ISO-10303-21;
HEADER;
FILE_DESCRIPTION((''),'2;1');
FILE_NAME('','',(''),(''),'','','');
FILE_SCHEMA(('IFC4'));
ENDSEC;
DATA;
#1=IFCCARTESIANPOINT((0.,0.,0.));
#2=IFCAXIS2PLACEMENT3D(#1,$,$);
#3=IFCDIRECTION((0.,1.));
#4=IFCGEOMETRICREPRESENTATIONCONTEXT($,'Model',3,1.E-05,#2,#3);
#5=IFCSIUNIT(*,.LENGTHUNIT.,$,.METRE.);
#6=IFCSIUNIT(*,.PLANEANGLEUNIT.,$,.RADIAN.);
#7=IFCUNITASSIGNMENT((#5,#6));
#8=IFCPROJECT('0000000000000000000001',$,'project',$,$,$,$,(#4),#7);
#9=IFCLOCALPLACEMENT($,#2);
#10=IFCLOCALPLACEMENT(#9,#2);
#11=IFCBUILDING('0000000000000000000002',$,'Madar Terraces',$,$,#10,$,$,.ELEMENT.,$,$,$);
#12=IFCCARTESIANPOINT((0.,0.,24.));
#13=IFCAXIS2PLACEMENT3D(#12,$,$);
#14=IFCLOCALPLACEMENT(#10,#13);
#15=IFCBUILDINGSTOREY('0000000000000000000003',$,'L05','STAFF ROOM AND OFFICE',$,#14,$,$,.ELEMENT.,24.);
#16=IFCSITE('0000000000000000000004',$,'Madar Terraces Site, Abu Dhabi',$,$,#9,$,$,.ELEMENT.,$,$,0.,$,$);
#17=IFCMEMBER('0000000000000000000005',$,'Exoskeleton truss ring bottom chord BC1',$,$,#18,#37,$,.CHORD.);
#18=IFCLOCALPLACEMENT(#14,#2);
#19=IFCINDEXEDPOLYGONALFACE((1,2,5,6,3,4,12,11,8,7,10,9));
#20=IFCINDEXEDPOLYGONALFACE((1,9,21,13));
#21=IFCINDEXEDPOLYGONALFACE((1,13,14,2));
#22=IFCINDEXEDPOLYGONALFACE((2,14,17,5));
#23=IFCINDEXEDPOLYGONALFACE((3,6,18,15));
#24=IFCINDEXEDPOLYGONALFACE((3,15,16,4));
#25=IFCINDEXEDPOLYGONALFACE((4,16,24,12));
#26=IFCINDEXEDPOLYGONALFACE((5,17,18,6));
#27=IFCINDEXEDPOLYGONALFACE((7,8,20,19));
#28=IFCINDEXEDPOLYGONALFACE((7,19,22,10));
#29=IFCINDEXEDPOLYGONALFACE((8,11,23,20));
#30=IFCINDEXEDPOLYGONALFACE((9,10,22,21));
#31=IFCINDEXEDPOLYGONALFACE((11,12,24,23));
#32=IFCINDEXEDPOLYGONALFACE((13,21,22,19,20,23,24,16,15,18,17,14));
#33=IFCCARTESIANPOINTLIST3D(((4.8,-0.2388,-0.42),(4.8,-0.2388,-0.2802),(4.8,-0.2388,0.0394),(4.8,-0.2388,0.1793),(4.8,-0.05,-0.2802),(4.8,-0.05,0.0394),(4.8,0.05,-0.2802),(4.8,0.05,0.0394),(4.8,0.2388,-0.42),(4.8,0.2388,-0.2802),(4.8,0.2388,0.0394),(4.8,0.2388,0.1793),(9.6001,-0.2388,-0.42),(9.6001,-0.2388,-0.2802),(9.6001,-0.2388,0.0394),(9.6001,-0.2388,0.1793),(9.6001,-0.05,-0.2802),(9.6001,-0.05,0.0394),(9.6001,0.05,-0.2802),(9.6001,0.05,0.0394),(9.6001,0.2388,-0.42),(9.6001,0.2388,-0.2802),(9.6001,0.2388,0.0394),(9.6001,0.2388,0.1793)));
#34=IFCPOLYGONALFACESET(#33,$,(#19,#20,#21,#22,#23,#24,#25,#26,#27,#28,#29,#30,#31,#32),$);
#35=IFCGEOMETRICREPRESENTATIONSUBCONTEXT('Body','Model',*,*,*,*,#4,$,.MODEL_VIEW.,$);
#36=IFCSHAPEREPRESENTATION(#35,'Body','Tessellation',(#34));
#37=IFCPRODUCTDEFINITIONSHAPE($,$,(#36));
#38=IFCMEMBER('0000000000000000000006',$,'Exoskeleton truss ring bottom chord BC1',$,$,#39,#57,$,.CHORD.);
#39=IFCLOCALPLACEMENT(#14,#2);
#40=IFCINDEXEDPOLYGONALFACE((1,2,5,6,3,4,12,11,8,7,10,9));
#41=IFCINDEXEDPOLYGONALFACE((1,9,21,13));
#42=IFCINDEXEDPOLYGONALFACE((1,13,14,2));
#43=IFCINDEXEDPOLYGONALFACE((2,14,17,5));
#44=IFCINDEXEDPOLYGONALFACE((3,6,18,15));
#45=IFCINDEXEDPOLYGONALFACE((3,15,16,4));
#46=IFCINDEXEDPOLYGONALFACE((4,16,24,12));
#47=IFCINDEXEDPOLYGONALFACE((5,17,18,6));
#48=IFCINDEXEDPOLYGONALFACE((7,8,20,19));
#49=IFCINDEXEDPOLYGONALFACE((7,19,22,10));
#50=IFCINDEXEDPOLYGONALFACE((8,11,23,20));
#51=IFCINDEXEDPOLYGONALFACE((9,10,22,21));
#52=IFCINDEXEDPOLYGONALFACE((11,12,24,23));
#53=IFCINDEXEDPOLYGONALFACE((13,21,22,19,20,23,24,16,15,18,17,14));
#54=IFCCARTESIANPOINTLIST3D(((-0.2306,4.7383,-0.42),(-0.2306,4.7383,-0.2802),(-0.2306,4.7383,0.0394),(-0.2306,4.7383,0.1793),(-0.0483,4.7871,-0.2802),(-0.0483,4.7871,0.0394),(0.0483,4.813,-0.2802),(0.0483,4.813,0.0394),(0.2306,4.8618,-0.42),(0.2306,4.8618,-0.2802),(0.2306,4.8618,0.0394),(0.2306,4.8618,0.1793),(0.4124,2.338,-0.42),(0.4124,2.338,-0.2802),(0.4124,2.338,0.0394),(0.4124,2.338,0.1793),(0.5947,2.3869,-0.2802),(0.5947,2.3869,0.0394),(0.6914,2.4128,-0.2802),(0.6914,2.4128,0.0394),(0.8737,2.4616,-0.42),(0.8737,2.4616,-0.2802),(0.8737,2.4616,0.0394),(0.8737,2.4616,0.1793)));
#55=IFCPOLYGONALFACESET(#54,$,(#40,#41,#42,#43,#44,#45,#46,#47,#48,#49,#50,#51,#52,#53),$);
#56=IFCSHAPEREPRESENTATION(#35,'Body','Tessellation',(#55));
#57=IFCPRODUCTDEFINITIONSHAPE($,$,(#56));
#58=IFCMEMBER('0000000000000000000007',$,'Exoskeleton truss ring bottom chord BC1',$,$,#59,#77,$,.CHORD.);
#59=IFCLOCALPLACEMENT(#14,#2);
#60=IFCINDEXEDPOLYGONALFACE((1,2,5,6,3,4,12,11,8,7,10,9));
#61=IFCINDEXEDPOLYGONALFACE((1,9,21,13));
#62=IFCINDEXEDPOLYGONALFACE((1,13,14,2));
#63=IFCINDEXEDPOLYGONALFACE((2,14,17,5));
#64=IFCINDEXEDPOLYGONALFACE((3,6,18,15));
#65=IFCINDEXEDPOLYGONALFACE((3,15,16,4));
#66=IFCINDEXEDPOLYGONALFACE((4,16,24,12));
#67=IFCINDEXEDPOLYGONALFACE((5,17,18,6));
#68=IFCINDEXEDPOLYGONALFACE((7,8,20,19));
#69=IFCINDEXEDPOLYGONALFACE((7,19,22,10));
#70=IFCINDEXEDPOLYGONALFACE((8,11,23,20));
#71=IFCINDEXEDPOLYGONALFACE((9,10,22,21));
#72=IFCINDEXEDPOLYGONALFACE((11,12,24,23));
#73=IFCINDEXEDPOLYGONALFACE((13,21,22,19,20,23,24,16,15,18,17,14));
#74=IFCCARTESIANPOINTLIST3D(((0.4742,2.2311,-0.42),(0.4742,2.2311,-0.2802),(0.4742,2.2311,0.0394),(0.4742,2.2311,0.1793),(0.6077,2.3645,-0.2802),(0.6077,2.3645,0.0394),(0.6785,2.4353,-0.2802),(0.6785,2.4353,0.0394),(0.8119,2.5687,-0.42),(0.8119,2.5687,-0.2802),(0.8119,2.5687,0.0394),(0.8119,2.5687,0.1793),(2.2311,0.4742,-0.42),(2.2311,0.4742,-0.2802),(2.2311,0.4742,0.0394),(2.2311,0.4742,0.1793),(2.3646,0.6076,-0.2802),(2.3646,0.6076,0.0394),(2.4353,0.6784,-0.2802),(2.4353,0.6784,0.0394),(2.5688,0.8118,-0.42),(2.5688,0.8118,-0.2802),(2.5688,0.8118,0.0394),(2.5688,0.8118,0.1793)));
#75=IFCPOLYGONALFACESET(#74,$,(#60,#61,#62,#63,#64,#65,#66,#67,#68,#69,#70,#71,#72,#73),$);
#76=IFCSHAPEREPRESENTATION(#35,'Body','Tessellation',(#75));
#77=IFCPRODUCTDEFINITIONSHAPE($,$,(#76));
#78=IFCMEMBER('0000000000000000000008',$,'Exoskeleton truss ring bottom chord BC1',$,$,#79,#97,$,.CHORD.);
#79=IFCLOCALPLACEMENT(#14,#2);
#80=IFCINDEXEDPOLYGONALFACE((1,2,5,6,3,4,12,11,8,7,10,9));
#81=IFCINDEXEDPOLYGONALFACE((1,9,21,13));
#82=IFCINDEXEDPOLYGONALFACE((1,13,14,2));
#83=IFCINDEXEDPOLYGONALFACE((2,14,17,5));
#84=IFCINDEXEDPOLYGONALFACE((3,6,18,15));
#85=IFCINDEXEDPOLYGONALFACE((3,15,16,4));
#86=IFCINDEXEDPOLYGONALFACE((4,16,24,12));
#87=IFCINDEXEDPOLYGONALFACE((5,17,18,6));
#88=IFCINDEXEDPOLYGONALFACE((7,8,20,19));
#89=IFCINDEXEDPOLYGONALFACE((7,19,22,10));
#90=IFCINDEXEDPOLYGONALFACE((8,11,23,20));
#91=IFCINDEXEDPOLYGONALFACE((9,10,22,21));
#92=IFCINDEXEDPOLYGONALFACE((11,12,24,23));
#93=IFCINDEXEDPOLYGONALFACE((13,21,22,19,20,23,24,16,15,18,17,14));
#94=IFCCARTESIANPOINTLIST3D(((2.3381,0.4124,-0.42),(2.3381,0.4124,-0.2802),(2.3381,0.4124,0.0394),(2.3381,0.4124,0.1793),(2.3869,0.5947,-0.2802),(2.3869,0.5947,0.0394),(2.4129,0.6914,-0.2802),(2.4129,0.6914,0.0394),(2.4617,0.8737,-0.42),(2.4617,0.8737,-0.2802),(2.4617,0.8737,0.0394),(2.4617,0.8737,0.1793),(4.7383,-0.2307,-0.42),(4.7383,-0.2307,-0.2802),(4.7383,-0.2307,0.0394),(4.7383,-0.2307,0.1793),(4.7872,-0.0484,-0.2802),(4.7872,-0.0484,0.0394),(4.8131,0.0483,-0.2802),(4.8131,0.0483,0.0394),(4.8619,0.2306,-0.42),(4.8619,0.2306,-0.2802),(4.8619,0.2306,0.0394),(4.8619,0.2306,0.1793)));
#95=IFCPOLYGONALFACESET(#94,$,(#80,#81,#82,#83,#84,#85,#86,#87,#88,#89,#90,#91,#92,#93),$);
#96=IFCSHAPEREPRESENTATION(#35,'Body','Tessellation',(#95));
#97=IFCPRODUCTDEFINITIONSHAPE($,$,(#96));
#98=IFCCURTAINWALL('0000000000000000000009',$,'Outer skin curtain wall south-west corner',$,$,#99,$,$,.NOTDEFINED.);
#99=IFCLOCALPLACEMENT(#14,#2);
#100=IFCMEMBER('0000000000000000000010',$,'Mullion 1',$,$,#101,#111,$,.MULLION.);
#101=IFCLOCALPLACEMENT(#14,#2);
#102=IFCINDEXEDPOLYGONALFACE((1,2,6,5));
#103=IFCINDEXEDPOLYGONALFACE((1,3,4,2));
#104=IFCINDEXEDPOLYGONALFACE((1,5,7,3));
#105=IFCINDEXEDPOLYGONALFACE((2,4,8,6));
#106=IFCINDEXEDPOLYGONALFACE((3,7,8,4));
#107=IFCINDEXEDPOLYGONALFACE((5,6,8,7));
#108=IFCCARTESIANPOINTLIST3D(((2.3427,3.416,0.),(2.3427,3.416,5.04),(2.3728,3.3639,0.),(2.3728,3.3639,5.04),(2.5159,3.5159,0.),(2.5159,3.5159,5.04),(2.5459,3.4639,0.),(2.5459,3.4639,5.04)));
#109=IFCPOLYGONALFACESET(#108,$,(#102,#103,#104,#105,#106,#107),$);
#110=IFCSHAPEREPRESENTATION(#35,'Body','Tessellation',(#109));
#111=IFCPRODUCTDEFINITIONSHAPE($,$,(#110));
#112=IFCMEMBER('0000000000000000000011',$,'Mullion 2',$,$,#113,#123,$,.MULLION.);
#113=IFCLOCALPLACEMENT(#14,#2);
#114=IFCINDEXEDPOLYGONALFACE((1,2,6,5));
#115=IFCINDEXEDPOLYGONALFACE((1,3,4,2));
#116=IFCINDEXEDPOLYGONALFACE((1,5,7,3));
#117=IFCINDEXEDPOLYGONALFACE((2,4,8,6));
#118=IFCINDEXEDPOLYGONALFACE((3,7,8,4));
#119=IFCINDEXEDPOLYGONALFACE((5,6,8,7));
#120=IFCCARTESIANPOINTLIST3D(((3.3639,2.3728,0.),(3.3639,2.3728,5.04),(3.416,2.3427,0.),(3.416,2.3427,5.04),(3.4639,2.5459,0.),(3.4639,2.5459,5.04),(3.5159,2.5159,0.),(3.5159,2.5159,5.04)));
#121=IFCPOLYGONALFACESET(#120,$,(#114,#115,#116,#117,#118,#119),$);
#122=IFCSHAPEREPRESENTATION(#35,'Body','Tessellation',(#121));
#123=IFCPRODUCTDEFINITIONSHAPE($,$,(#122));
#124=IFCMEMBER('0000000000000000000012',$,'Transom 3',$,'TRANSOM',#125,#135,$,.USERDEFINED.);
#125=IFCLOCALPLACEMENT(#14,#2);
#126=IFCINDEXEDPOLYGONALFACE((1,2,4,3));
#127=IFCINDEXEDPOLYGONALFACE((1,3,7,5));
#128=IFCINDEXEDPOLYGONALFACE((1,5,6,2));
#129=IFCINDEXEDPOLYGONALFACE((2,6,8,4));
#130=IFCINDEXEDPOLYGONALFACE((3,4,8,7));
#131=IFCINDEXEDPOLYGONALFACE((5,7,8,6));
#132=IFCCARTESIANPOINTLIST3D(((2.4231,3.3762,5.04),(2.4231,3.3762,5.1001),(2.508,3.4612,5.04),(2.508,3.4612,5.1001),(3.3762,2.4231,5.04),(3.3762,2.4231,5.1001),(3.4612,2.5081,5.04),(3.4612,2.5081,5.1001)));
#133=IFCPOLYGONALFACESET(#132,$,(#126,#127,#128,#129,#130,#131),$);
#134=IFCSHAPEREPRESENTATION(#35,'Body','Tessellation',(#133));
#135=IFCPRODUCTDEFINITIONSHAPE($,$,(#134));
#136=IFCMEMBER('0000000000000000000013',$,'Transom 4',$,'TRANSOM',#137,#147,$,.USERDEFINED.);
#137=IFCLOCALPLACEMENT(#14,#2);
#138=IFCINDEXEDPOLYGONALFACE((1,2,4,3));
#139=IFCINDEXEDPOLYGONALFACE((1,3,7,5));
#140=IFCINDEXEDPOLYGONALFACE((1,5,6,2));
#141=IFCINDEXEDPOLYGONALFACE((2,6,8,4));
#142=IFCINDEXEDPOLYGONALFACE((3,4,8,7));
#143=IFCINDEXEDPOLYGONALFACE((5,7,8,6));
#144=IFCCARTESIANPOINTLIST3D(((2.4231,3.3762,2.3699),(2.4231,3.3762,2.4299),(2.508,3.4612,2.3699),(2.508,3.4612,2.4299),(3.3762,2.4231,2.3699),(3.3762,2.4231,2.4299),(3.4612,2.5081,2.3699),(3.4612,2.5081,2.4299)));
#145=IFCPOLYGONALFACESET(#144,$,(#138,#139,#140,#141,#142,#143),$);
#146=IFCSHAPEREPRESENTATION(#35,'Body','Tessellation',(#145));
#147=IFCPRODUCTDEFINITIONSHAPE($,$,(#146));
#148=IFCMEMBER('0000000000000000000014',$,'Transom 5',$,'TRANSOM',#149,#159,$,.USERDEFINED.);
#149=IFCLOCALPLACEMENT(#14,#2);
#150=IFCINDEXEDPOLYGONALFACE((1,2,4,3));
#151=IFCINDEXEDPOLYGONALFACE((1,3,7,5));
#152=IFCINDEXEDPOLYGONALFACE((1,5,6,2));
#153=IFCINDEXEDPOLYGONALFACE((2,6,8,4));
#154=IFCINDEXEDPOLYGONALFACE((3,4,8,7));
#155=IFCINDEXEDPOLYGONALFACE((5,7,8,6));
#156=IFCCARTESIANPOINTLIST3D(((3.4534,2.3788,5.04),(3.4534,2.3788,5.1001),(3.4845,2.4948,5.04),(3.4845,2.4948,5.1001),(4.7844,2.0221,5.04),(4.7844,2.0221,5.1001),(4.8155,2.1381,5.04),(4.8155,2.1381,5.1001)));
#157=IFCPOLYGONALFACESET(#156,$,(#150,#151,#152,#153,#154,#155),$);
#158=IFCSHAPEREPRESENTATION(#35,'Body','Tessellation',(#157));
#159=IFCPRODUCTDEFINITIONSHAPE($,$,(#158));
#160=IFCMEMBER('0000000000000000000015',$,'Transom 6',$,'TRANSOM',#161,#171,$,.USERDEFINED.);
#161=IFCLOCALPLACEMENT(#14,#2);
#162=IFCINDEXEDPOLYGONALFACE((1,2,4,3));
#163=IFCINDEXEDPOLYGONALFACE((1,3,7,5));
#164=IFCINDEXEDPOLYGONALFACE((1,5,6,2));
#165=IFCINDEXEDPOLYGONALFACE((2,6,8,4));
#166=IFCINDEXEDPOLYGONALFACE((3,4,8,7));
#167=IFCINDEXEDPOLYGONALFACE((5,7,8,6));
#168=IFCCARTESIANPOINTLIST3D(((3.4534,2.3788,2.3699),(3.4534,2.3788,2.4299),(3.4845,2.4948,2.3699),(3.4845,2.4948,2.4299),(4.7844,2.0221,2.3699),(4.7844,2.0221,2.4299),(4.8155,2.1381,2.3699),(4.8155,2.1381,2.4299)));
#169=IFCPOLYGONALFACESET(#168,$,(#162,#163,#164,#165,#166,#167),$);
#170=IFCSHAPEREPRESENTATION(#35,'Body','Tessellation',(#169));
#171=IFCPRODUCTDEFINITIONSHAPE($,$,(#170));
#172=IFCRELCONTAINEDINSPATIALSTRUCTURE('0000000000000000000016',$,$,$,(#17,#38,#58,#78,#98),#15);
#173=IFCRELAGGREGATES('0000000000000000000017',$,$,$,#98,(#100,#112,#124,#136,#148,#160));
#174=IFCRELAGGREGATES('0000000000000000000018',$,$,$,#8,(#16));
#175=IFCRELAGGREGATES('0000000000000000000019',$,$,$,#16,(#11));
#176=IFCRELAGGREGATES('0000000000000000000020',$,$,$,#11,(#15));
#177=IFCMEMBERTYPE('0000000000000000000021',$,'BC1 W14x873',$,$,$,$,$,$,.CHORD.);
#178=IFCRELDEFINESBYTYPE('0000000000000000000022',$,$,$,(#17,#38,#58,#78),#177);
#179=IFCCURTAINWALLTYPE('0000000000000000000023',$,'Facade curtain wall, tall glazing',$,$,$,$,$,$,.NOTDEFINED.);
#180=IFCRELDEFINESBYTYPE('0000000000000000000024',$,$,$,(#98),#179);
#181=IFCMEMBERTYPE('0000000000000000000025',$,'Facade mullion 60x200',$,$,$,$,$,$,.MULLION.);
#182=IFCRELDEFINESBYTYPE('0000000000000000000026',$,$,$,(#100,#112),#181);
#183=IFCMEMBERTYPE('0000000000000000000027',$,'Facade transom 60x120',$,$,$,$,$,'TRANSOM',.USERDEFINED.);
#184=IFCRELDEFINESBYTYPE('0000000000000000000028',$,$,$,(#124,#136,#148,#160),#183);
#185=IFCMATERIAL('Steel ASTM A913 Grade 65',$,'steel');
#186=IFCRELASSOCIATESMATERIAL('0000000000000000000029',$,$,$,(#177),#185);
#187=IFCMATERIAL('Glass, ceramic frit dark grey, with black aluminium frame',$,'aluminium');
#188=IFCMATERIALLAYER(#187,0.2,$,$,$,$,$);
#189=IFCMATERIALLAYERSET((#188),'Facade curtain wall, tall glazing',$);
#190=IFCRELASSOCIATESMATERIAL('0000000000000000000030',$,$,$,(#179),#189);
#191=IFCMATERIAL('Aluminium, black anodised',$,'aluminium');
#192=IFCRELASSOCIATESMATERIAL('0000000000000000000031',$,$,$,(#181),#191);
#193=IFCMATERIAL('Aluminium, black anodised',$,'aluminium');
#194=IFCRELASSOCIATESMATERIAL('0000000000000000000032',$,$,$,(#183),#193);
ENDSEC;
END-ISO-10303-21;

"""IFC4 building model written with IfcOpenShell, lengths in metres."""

from ifc_helpers import new_model, si_unit, direction, frame, origin, origin_2d, place, context, subcontext, project, spatial, rectangle, i_section, extrude, material, layer, layer_set, material_profile, profile_set, type_object, element, aggregate, save


model = new_model("IFC4")

# Units and contexts
model_context = context("Model", 3, precision=1e-05, world=origin(), true_north=direction((0.0, 1.0)))
body_context = subcontext(model_context, "Body", "Model", "MODEL_VIEW")
ifc_project = project(units=[si_unit("LENGTHUNIT", "METRE"), si_unit("PLANEANGLEUNIT", "RADIAN")], contexts=[model_context])

# Site, building, storey
site_placement = place(None, origin())
site = spatial("IfcSite", under=ifc_project, at=site_placement, Name="Madar Terraces Site, Abu Dhabi", CompositionType="ELEMENT", RefElevation=0.0)
building_placement = place(site_placement, origin())
building = spatial("IfcBuilding", under=site, at=building_placement, Name="Madar Terraces", CompositionType="ELEMENT")
storey_placement = place(building_placement, frame((0.0, 0.0, 24.0)))
storey = spatial("IfcBuildingStorey", under=building, at=storey_placement, Name="L05", Description="STAFF ROOM AND OFFICE", CompositionType="ELEMENT", Elevation=24.0)

# Members
ifc_material_1 = material(Name="Steel ASTM A913 Grade 65", Category="steel")
ifc_material_profile_1 = material_profile(ifc_material_1, i_section(OverallWidth=0.4775, OverallDepth=0.5994, WebThickness=0.1001, FlangeThickness=0.1399, at=origin_2d()), Name="W14x873")
ifc_profile_set_1 = profile_set([ifc_material_profile_1], Name="Steel ASTM A913 Grade 65")
member_type_1 = type_object("IfcMemberType", Name="BC1 W14x873", PredefinedType="CHORD", material=ifc_profile_set_1)
member_1_placement = place(storey_placement, frame((4.8, 0.0, -0.1204), z_axis=(1.0, 0.0, 0.0), x_axis=(0.0, 1.0, 0.0)))
element("IfcMember", 1, at=member_1_placement, inside=storey, type_object=member_type_1, Name="Exoskeleton truss ring bottom chord BC1", PredefinedType="CHORD", context=body_context, shape_type="SweptSolid", body=[
    extrude(i_section(OverallWidth=0.4775, OverallDepth=0.5994, WebThickness=0.1001, FlangeThickness=0.1399, at=origin_2d()), origin(), (0.0, 0.0, 1.0), 4.8),
])
member_2_placement = place(storey_placement, frame((0.0, 4.8, -0.1204), z_axis=(0.2588, -0.965931, 0.0), x_axis=(0.965931, 0.2588, 0.0)))
element("IfcMember", 2, at=member_2_placement, inside=storey, type_object=member_type_1, Name="Exoskeleton truss ring bottom chord BC1", PredefinedType="CHORD", context=body_context, shape_type="SweptSolid", body=[
    extrude(i_section(OverallWidth=0.4775, OverallDepth=0.5994, WebThickness=0.1001, FlangeThickness=0.1399, at=origin_2d()), origin(), (0.0, 0.0, 1.0), 2.4849),
])
member_3_placement = place(storey_placement, frame((0.6431, 2.3999, -0.1204), z_axis=(0.707107, -0.707107, 0.0), x_axis=(0.707107, 0.707107, 0.0)))
element("IfcMember", 3, at=member_3_placement, inside=storey, type_object=member_type_1, Name="Exoskeleton truss ring bottom chord BC1", PredefinedType="CHORD", context=body_context, shape_type="SweptSolid", body=[
    extrude(i_section(OverallWidth=0.4775, OverallDepth=0.5994, WebThickness=0.1001, FlangeThickness=0.1399, at=origin_2d()), origin(), (0.0, 0.0, 1.0), 2.4846),
])
member_4_placement = place(storey_placement, frame((2.3999, 0.6431, -0.1204), z_axis=(0.965931, -0.2588, 0.0), x_axis=(0.2588, 0.965931, 0.0)))
element("IfcMember", 4, at=member_4_placement, inside=storey, type_object=member_type_1, Name="Exoskeleton truss ring bottom chord BC1", PredefinedType="CHORD", context=body_context, shape_type="SweptSolid", body=[
    extrude(i_section(OverallWidth=0.4775, OverallDepth=0.5994, WebThickness=0.1001, FlangeThickness=0.1399, at=origin_2d()), origin(), (0.0, 0.0, 1.0), 2.4849),
])

# Curtain wall, members
ifc_material_2 = material(Name="Glass, ceramic frit dark grey, with black aluminium frame", Category="aluminium")
ifc_layer_1 = layer(ifc_material_2, 0.2)
ifc_layer_set_1 = layer_set([ifc_layer_1], Name="Facade curtain wall, tall glazing")
curtain_wall_type = type_object("IfcCurtainWallType", Name="Facade curtain wall, tall glazing", PredefinedType="NOTDEFINED", material=ifc_layer_set_1)
curtain_wall_placement = place(storey_placement, origin())
curtain_wall = element("IfcCurtainWall", 5, at=curtain_wall_placement, inside=storey, type_object=curtain_wall_type, Name="Outer skin curtain wall south-west corner", PredefinedType="NOTDEFINED")
ifc_material_3 = material(Name="Aluminium, black anodised", Category="aluminium")
ifc_material_profile_2 = material_profile(ifc_material_3, rectangle(XDim=0.2, YDim=0.0601, at=origin_2d()), Name="Facade mullion 60x200")
ifc_profile_set_2 = profile_set([ifc_material_profile_2], Name="Aluminium, black anodised")
member_type_2 = type_object("IfcMemberType", Name="Facade mullion 60x200", PredefinedType="MULLION", material=ifc_profile_set_2)
member_5_placement = place(storey_placement, frame((2.4443, 3.4399, 0.0), z_axis=(0.0, 0.0, 1.0), x_axis=(0.866025, 0.5, 0.0)))
member_5 = element("IfcMember", 6, at=member_5_placement, type_object=member_type_2, Name="Mullion 1", PredefinedType="MULLION", context=body_context, shape_type="SweptSolid", body=[
    extrude(rectangle(XDim=0.2, YDim=0.0601, at=origin_2d()), origin(), (0.0, 0.0, 1.0), 5.04),
])
member_6_placement = place(storey_placement, frame((3.4399, 2.4443, 0.0), z_axis=(0.0, 0.0, 1.0), x_axis=(0.5, 0.866025, 0.0)))
member_6 = element("IfcMember", 7, at=member_6_placement, type_object=member_type_2, Name="Mullion 2", PredefinedType="MULLION", context=body_context, shape_type="SweptSolid", body=[
    extrude(rectangle(XDim=0.2, YDim=0.0601, at=origin_2d()), origin(), (0.0, 0.0, 1.0), 5.04),
])
ifc_material_4 = material(Name="Aluminium, black anodised", Category="aluminium")
ifc_material_profile_3 = material_profile(ifc_material_4, rectangle(XDim=0.1201, YDim=0.0601, at=origin_2d()), Name="Facade transom 60x120")
ifc_profile_set_3 = profile_set([ifc_material_profile_3], Name="Aluminium, black anodised")
member_type_3 = type_object("IfcMemberType", Name="Facade transom 60x120", ElementType="TRANSOM", PredefinedType="USERDEFINED", material=ifc_profile_set_3)
member_7_placement = place(storey_placement, frame((2.4656, 3.4187, 5.0701), z_axis=(0.707107, -0.707107, 0.0), x_axis=(0.707107, 0.707107, 0.0)))
member_7 = element("IfcMember", 8, at=member_7_placement, type_object=member_type_3, Name="Transom 3", ObjectType="TRANSOM", PredefinedType="USERDEFINED", context=body_context, shape_type="SweptSolid", body=[
    extrude(rectangle(XDim=0.1201, YDim=0.0601, at=origin_2d()), origin(), (0.0, 0.0, 1.0), 1.3479),
])
member_8_placement = place(storey_placement, frame((2.4656, 3.4187, 2.3999), z_axis=(0.707107, -0.707107, 0.0), x_axis=(0.707107, 0.707107, 0.0)))
member_8 = element("IfcMember", 9, at=member_8_placement, type_object=member_type_3, Name="Transom 4", ObjectType="TRANSOM", PredefinedType="USERDEFINED", context=body_context, shape_type="SweptSolid", body=[
    extrude(rectangle(XDim=0.1201, YDim=0.0601, at=origin_2d()), origin(), (0.0, 0.0, 1.0), 1.3479),
])
member_9_placement = place(storey_placement, frame((3.469, 2.4368, 5.0701), z_axis=(0.96592, -0.258842, 0.0), x_axis=(0.258842, 0.96592, 0.0)))
member_9 = element("IfcMember", 10, at=member_9_placement, type_object=member_type_3, Name="Transom 5", ObjectType="TRANSOM", PredefinedType="USERDEFINED", context=body_context, shape_type="SweptSolid", body=[
    extrude(rectangle(XDim=0.1201, YDim=0.0601, at=origin_2d()), origin(), (0.0, 0.0, 1.0), 1.3779),
])
member_10_placement = place(storey_placement, frame((3.469, 2.4368, 2.3999), z_axis=(0.96592, -0.258842, 0.0), x_axis=(0.258842, 0.96592, 0.0)))
member_10 = element("IfcMember", 11, at=member_10_placement, type_object=member_type_3, Name="Transom 6", ObjectType="TRANSOM", PredefinedType="USERDEFINED", context=body_context, shape_type="SweptSolid", body=[
    extrude(rectangle(XDim=0.1201, YDim=0.0601, at=origin_2d()), origin(), (0.0, 0.0, 1.0), 1.3779),
])

aggregate(curtain_wall, [member_5, member_6, member_7, member_8, member_9, member_10])

save(model, "model.ifc")
